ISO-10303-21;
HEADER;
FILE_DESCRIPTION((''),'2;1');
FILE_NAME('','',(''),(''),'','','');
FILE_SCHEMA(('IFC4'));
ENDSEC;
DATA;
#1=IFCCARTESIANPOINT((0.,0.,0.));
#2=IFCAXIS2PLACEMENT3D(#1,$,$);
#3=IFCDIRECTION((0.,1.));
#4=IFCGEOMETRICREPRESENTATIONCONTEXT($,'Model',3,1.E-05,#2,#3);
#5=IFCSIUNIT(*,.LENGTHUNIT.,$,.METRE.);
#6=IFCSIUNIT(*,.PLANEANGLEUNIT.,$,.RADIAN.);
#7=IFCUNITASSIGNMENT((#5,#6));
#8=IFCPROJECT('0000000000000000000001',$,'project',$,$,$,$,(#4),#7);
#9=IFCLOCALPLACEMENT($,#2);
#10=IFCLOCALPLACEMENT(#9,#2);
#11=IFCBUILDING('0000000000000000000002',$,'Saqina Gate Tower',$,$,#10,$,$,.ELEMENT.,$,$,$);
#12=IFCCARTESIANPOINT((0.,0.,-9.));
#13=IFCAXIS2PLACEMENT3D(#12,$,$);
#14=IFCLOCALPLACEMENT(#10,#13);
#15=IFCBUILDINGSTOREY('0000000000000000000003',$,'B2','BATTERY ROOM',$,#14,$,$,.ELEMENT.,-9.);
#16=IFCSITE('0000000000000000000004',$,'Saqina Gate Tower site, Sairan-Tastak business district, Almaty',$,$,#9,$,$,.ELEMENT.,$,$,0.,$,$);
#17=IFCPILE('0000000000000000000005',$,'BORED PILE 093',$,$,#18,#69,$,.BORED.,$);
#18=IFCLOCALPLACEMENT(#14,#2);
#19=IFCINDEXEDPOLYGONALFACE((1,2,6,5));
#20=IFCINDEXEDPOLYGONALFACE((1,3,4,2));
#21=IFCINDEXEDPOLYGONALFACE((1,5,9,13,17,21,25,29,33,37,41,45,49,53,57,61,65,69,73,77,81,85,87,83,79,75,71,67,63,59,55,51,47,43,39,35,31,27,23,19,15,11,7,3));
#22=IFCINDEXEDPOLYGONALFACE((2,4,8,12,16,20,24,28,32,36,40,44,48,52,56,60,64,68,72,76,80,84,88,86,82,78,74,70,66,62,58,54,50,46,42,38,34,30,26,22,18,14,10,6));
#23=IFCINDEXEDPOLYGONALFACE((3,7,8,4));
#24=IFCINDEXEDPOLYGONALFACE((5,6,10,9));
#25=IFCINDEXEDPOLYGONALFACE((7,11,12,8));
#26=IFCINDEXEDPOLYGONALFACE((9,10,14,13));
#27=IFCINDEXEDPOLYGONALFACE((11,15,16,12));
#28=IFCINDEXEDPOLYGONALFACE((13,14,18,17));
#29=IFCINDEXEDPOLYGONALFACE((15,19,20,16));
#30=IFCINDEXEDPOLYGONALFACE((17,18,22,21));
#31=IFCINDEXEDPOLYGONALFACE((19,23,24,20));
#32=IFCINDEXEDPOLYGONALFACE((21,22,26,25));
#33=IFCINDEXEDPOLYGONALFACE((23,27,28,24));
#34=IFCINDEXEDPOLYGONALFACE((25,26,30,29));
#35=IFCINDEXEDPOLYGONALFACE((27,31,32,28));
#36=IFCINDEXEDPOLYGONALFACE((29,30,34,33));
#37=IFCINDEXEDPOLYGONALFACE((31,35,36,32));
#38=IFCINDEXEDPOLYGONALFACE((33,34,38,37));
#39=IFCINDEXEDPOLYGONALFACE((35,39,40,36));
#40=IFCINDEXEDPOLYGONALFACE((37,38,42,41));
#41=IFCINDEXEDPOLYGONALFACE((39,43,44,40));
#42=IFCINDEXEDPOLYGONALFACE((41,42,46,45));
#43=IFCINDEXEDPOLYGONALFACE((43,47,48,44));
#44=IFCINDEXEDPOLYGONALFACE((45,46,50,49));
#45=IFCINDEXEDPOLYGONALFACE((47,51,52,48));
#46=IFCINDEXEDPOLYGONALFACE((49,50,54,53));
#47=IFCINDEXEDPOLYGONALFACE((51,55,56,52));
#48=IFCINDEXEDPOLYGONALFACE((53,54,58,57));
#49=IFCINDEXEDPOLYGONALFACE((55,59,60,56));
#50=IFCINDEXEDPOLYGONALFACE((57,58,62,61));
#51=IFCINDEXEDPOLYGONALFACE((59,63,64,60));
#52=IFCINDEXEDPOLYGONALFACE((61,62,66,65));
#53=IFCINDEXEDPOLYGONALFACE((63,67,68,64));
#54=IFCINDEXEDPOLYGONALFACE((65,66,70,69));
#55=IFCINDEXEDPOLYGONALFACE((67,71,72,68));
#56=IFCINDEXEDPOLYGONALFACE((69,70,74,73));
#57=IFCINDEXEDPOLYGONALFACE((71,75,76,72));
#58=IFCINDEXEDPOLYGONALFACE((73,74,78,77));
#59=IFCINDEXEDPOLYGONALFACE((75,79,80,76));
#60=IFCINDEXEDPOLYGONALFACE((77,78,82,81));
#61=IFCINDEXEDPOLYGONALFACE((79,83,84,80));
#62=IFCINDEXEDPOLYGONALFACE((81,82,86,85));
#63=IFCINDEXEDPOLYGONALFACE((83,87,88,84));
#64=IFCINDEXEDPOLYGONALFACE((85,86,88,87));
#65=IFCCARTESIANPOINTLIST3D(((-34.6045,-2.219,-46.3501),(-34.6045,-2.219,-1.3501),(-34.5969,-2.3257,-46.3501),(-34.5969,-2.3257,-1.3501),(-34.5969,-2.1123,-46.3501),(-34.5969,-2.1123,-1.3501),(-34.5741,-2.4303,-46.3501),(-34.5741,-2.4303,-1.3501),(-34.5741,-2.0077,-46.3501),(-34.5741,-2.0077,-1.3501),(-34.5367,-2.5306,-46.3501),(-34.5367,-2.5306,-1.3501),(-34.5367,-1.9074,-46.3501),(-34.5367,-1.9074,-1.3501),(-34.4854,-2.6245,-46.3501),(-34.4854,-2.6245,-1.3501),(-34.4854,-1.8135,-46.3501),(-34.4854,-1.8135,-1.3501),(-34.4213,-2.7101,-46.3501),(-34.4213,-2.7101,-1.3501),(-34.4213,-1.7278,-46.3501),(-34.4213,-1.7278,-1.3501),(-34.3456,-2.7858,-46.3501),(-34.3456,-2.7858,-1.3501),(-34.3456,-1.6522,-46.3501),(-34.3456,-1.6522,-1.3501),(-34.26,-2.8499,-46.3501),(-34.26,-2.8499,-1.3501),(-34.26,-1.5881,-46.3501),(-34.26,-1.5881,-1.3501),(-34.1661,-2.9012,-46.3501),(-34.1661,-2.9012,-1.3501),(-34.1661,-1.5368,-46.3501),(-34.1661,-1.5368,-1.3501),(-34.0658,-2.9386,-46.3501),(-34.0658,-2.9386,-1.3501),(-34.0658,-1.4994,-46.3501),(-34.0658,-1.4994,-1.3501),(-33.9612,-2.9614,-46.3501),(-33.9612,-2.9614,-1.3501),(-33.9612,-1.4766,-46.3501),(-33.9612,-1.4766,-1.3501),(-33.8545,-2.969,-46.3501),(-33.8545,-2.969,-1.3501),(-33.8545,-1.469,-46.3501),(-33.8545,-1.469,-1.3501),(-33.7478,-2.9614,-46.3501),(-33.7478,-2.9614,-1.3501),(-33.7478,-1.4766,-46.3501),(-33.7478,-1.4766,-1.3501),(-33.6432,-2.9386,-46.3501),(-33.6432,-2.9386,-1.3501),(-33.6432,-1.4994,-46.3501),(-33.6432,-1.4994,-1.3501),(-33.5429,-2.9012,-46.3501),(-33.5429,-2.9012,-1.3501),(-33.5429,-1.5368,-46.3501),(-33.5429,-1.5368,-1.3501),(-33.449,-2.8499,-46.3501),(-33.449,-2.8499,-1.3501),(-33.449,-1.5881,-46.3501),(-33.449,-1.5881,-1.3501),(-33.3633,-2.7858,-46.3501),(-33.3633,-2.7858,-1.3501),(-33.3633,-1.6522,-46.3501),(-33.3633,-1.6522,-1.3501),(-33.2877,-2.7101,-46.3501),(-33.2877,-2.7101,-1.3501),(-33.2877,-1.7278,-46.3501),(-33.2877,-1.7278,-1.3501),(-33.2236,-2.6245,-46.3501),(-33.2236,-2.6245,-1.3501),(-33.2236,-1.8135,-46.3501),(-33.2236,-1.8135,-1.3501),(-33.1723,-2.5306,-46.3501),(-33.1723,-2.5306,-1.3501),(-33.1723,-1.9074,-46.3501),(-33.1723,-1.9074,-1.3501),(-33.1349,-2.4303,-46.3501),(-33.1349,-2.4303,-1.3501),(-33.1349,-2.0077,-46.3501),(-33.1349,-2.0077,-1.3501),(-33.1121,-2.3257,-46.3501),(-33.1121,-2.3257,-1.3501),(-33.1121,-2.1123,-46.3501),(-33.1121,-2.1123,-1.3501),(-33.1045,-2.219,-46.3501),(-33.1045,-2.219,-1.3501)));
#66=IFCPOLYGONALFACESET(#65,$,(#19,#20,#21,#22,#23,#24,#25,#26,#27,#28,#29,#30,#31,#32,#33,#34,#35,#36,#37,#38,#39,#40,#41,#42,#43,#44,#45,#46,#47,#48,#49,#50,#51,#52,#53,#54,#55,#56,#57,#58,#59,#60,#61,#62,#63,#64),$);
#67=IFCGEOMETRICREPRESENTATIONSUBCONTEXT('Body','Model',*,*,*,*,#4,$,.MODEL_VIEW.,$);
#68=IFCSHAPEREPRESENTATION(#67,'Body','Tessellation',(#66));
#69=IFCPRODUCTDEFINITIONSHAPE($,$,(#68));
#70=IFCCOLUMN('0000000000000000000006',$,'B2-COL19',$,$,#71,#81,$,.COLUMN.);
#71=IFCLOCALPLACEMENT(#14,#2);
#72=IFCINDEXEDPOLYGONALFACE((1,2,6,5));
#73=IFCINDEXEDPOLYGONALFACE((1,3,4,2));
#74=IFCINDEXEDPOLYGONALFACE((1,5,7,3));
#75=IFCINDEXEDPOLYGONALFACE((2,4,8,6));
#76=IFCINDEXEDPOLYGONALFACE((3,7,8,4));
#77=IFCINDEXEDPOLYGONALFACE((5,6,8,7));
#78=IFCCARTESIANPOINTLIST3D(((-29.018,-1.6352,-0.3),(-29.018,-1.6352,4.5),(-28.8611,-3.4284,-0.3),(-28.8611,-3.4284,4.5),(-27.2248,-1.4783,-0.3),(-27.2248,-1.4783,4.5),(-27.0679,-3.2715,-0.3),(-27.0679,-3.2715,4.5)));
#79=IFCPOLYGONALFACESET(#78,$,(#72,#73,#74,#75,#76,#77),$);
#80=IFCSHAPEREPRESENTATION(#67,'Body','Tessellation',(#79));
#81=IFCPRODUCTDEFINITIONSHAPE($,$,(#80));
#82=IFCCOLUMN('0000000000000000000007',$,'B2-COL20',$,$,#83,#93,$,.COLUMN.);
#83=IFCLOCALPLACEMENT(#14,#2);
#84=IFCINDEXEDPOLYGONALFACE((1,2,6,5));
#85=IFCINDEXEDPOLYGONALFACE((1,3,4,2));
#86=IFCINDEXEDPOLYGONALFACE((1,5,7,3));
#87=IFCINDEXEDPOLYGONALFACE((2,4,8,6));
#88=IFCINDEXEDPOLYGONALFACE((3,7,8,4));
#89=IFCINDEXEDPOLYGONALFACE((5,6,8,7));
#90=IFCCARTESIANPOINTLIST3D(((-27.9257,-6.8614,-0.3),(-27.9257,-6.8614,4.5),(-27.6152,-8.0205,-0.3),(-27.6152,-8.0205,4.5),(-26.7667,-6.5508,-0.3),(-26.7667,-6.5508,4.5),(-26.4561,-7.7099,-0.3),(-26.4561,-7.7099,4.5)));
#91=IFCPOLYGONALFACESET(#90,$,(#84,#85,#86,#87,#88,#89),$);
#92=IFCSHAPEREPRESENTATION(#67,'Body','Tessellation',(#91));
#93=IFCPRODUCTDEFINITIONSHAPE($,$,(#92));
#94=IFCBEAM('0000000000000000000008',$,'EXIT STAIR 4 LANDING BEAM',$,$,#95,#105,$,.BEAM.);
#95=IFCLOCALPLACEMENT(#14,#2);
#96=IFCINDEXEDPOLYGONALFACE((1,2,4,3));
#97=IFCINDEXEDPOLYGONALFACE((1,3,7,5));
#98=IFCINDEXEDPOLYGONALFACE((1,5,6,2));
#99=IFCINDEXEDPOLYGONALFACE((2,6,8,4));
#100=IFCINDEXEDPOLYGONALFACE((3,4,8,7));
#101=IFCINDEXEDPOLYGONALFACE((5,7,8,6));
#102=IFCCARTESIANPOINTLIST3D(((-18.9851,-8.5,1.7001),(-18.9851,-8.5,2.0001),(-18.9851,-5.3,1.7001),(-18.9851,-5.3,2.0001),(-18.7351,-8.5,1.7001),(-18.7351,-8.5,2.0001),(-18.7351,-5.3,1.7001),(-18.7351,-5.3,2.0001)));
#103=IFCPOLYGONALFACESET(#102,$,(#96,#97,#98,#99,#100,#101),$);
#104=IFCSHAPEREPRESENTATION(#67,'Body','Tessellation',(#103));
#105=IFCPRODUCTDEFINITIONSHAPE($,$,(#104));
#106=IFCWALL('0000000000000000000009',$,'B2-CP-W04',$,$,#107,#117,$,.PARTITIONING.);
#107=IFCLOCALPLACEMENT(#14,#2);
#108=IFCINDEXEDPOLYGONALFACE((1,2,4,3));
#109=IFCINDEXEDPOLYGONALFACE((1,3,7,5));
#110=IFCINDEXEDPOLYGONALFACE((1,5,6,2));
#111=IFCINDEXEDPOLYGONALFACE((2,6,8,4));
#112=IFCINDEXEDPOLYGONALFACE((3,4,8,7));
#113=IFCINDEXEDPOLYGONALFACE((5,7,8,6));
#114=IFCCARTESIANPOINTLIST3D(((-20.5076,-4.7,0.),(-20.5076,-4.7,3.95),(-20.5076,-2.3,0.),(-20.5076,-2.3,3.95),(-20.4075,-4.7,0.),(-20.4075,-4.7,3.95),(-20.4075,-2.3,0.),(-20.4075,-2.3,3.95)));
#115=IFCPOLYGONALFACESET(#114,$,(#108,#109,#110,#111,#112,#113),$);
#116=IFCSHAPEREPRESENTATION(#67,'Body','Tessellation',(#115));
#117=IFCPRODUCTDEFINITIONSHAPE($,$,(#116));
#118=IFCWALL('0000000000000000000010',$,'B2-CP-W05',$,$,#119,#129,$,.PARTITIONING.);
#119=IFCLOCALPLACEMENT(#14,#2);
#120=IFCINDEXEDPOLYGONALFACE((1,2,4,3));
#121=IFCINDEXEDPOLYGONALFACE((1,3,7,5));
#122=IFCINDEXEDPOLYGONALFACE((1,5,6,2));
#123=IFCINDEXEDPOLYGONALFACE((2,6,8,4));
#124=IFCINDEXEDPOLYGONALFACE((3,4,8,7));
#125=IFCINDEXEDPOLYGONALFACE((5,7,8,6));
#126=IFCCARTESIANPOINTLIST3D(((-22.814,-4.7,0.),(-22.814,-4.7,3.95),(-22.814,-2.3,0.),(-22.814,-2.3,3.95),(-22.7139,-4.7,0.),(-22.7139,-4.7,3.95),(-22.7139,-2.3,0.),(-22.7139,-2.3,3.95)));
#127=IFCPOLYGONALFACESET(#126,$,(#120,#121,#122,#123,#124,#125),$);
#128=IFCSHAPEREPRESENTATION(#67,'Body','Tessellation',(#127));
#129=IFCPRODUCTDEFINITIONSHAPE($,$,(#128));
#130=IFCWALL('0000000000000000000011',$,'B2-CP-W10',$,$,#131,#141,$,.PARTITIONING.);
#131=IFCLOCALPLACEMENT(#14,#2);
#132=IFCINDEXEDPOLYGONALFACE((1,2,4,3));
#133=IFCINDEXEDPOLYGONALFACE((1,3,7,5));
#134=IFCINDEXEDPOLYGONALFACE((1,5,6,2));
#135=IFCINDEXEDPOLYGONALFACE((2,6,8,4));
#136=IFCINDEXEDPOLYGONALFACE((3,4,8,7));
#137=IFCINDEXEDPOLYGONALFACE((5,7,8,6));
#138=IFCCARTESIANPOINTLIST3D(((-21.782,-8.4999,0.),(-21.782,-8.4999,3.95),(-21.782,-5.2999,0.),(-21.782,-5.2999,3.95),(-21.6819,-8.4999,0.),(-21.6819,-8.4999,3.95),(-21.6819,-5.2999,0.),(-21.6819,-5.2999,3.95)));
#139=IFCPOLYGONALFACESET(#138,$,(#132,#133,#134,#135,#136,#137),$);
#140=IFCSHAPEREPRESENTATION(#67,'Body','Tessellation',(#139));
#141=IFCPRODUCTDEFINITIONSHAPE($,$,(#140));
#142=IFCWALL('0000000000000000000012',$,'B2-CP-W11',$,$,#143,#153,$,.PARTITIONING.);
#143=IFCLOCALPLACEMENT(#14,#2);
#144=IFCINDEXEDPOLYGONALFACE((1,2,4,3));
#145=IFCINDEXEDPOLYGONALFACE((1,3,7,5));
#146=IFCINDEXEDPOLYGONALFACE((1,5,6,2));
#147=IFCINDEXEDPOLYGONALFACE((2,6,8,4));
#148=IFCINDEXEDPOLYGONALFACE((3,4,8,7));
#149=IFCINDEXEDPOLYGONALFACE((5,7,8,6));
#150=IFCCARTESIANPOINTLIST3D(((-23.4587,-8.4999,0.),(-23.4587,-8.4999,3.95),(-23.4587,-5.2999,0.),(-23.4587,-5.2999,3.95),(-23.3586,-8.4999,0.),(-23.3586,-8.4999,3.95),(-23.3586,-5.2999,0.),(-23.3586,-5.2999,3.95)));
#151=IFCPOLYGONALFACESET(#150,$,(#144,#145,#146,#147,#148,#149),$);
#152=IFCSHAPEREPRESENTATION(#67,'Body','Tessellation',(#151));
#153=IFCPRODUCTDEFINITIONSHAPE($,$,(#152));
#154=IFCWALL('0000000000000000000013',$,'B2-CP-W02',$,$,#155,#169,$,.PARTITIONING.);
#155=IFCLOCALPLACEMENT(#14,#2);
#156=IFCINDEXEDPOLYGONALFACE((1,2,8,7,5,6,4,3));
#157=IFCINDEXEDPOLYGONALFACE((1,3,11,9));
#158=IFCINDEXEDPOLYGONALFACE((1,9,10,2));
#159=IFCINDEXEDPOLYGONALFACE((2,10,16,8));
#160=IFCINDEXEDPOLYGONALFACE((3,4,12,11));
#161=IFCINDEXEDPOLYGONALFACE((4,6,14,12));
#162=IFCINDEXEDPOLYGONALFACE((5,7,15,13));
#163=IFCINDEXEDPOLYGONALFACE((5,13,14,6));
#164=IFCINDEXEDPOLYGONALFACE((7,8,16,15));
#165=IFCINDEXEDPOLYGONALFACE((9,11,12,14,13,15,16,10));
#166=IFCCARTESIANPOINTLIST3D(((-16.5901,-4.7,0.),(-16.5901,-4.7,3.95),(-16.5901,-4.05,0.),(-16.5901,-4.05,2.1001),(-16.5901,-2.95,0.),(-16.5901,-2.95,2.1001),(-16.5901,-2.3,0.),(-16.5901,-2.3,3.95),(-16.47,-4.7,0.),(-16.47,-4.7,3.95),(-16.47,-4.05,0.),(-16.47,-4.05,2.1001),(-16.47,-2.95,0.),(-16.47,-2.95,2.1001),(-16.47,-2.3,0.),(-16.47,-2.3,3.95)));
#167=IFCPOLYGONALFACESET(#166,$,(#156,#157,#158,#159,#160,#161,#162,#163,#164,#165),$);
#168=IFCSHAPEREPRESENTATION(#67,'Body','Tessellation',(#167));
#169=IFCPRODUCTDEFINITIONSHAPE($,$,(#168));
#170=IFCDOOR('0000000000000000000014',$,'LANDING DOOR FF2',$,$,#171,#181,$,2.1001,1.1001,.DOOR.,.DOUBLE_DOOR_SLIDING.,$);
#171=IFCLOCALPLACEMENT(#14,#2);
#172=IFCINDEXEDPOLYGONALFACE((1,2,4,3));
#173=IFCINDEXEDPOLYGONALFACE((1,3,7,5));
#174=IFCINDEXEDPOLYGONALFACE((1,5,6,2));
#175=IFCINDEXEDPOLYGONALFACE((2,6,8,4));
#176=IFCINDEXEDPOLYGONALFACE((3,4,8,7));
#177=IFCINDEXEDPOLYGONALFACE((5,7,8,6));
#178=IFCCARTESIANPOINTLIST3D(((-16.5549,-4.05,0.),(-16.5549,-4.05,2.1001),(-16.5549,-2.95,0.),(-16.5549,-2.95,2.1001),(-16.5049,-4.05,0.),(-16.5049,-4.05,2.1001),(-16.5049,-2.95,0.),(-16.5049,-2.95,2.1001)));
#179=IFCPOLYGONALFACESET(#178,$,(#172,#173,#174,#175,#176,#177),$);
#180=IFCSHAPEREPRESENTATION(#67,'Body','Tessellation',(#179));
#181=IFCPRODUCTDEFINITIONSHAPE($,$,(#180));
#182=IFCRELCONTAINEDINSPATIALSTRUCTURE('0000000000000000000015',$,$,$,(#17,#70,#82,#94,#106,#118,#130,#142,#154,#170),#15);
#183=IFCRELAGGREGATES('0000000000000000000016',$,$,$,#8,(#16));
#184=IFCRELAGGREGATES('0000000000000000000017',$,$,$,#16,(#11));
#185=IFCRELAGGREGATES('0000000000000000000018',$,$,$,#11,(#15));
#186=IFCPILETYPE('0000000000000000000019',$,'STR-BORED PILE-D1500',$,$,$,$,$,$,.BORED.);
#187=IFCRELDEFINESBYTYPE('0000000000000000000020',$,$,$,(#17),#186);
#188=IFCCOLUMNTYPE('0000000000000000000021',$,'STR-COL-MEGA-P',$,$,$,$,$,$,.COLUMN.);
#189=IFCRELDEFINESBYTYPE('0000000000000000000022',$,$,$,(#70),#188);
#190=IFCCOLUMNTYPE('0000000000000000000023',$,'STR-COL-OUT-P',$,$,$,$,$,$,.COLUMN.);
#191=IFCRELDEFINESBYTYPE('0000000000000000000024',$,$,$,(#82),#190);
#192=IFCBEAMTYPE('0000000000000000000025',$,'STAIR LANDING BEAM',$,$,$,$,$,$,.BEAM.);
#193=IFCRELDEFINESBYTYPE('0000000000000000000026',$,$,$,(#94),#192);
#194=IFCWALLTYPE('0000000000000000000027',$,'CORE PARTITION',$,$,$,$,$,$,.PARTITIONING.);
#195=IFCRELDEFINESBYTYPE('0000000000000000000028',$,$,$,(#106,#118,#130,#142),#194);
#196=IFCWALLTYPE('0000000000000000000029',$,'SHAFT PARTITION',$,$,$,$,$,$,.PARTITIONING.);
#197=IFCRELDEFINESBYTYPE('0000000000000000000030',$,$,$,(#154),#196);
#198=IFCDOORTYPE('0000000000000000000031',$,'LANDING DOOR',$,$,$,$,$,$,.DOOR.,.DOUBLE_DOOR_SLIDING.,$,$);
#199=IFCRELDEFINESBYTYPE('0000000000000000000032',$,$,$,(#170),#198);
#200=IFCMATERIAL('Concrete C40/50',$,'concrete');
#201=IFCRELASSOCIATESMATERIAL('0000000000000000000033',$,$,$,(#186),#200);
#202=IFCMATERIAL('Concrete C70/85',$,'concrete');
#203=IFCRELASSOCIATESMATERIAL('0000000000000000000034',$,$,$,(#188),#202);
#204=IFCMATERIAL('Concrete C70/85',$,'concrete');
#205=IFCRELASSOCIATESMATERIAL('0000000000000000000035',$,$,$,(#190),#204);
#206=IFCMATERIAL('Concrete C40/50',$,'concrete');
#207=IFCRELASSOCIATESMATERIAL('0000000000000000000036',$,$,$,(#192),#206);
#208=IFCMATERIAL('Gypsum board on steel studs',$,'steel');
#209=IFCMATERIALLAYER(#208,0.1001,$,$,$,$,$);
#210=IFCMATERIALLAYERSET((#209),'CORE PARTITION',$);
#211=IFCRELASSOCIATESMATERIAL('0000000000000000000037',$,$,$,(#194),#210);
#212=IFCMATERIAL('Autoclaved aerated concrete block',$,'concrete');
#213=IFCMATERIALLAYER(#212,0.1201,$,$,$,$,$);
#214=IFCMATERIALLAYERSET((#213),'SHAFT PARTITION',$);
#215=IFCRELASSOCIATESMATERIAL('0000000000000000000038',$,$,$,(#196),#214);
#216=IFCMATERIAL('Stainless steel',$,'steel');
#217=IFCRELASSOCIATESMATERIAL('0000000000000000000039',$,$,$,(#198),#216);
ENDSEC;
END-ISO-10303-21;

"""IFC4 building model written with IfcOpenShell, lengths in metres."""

from ifc_helpers import new_model, si_unit, direction, frame, frame_2d, origin, origin_2d, place, context, subcontext, project, spatial, rectangle, circle, extrude, material, layer, layer_set, material_profile, profile_set, type_object, element, fill, save


model = new_model("IFC4")

# Units and contexts
model_context = context("Model", 3, precision=1e-05, world=origin(), true_north=direction((0.0, 1.0)))
body_context = subcontext(model_context, "Body", "Model", "MODEL_VIEW")
ifc_project = project(units=[si_unit("LENGTHUNIT", "METRE"), si_unit("PLANEANGLEUNIT", "RADIAN")], contexts=[model_context])

# Site, building, storey
site_placement = place(None, origin())
site = spatial("IfcSite", under=ifc_project, at=site_placement, Name="Saqina Gate Tower site, Sairan-Tastak business district, Almaty", CompositionType="ELEMENT", RefElevation=0.0)
building_placement = place(site_placement, origin())
building = spatial("IfcBuilding", under=site, at=building_placement, Name="Saqina Gate Tower", CompositionType="ELEMENT")
storey_placement = place(building_placement, frame((0.0, 0.0, -9.0)))
storey = spatial("IfcBuildingStorey", under=building, at=storey_placement, Name="B2", Description="BATTERY ROOM", CompositionType="ELEMENT", Elevation=-9.0)

# Pile
ifc_material_1 = material(Name="Concrete C40/50", Category="concrete")
ifc_material_profile_1 = material_profile(ifc_material_1, circle(Radius=0.75, at=origin_2d()), Name="RC D1500")
ifc_profile_set_1 = profile_set([ifc_material_profile_1], Name="Concrete C40/50")
pile_type = type_object("IfcPileType", Name="STR-BORED PILE-D1500", PredefinedType="BORED", material=ifc_profile_set_1)
for number, where, z_axis, x_axis, name in (
    (1, (-33.8545, -2.219, -1.3501), (0.0, 0.0, -1.0), (1.0, 0.0, 0.0), "BORED PILE 093"),
):
    element("IfcPile", number, at=place(storey_placement, frame(where, z_axis=z_axis, x_axis=x_axis)), inside=storey, type_object=pile_type, Name=name, PredefinedType="BORED", context=body_context, shape_type="SweptSolid", body=[
        extrude(circle(Radius=0.75, at=origin_2d()), origin(), (0.0, 0.0, 1.0), 45.0),
    ])

# Columns
ifc_material_2 = material(Name="Concrete C70/85", Category="concrete")
ifc_material_profile_2 = material_profile(ifc_material_2, rectangle(XDim=1.8, YDim=1.8, at=origin_2d()), Name="RC 1800x1800")
ifc_profile_set_2 = profile_set([ifc_material_profile_2], Name="Concrete C70/85")
column_type_1 = type_object("IfcColumnType", Name="STR-COL-MEGA-P", PredefinedType="COLUMN", material=ifc_profile_set_2)
column_1_placement = place(storey_placement, frame((-28.043, -2.4534, -0.3), z_axis=(0.0, 0.0, 1.0), x_axis=(-0.996195, -0.087156, 0.0)))
element("IfcColumn", 2, at=column_1_placement, inside=storey, type_object=column_type_1, Name="B2-COL19", PredefinedType="COLUMN", context=body_context, shape_type="SweptSolid", body=[
    extrude(rectangle(XDim=1.8, YDim=1.8, at=origin_2d()), origin(), (0.0, 0.0, 1.0), 4.8),
])
ifc_material_3 = material(Name="Concrete C70/85", Category="concrete")
ifc_material_profile_3 = material_profile(ifc_material_3, rectangle(XDim=1.2, YDim=1.2, at=origin_2d()), Name="RC 1200x1200")
ifc_profile_set_3 = profile_set([ifc_material_profile_3], Name="Concrete C70/85")
column_type_2 = type_object("IfcColumnType", Name="STR-COL-OUT-P", PredefinedType="COLUMN", material=ifc_profile_set_3)
column_2_placement = place(storey_placement, frame((-27.1909, -7.2856, -0.3), z_axis=(0.0, 0.0, 1.0), x_axis=(-0.965926, -0.258819, 0.0)))
element("IfcColumn", 3, at=column_2_placement, inside=storey, type_object=column_type_2, Name="B2-COL20", PredefinedType="COLUMN", context=body_context, shape_type="SweptSolid", body=[
    extrude(rectangle(XDim=1.2, YDim=1.2, at=origin_2d()), origin(), (0.0, 0.0, 1.0), 4.8),
])

# Beam
ifc_material_4 = material(Name="Concrete C40/50", Category="concrete")
ifc_material_profile_4 = material_profile(ifc_material_4, rectangle(XDim=0.25, YDim=0.3, at=origin_2d()), Name="STAIR LANDING BEAM")
ifc_profile_set_4 = profile_set([ifc_material_profile_4], Name="Concrete C40/50")
beam_type = type_object("IfcBeamType", Name="STAIR LANDING BEAM", PredefinedType="BEAM", material=ifc_profile_set_4)
beam_placement = place(storey_placement, frame((-18.8601, -8.5, 1.8501), z_axis=(0.0, 1.0, 0.0), x_axis=(-1.0, 0.0, 0.0)))
element("IfcBeam", 4, at=beam_placement, inside=storey, type_object=beam_type, Name="EXIT STAIR 4 LANDING BEAM", PredefinedType="BEAM", context=body_context, shape_type="SweptSolid", body=[
    extrude(rectangle(XDim=0.25, YDim=0.3, at=origin_2d()), origin(), (0.0, 0.0, 1.0), 3.2),
])

# Walls
ifc_material_5 = material(Name="Gypsum board on steel studs", Category="steel")
ifc_layer_1 = layer(ifc_material_5, 0.1001)
ifc_layer_set_1 = layer_set([ifc_layer_1], Name="CORE PARTITION")
wall_type_1 = type_object("IfcWallType", Name="CORE PARTITION", PredefinedType="PARTITIONING", material=ifc_layer_set_1)
for number, where, z_axis, x_axis, name in (
    (5, (-20.4575, -4.7, 0.0), (0.0, 0.0, 1.0), (0.0, 1.0, 0.0), "B2-CP-W04"),
    (6, (-22.7639, -4.7, 0.0), (0.0, 0.0, 1.0), (0.0, 1.0, 0.0), "B2-CP-W05"),
):
    element("IfcWall", number, at=place(storey_placement, frame(where, z_axis=z_axis, x_axis=x_axis)), inside=storey, type_object=wall_type_1, Name=name, PredefinedType="PARTITIONING", context=body_context, shape_type="SweptSolid", body=[
        extrude(rectangle(XDim=2.3999, YDim=0.1001, at=frame_2d((1.2, 0.0))), origin(), (0.0, 0.0, 1.0), 3.95),
    ])
for number, where, z_axis, x_axis, name in (
    (7, (-21.7319, -8.5, 0.0), (0.0, 0.0, 1.0), (0.0, 1.0, 0.0), "B2-CP-W10"),
    (8, (-23.4087, -8.5, 0.0), (0.0, 0.0, 1.0), (0.0, 1.0, 0.0), "B2-CP-W11"),
):
    element("IfcWall", number, at=place(storey_placement, frame(where, z_axis=z_axis, x_axis=x_axis)), inside=storey, type_object=wall_type_1, Name=name, PredefinedType="PARTITIONING", context=body_context, shape_type="SweptSolid", body=[
        extrude(rectangle(XDim=3.2, YDim=0.1001, at=frame_2d((1.6001, 0.0))), origin(), (0.0, 0.0, 1.0), 3.95),
    ])

# Wall, opening, door
ifc_material_6 = material(Name="Autoclaved aerated concrete block", Category="concrete")
ifc_layer_2 = layer(ifc_material_6, 0.1201)
ifc_layer_set_2 = layer_set([ifc_layer_2], Name="SHAFT PARTITION")
wall_type_2 = type_object("IfcWallType", Name="SHAFT PARTITION", PredefinedType="PARTITIONING", material=ifc_layer_set_2)
wall_1_placement = place(storey_placement, frame((-16.53, -4.7, 0.0), z_axis=(0.0, 0.0, 1.0), x_axis=(0.0, 1.0, 0.0)))
wall_1 = element("IfcWall", 9, at=wall_1_placement, inside=storey, type_object=wall_type_2, Name="B2-CP-W02", PredefinedType="PARTITIONING", context=body_context, shape_type="SweptSolid", body=[
    extrude(rectangle(XDim=2.3999, YDim=0.1201, at=frame_2d((1.2, 0.0))), origin(), (0.0, 0.0, 1.0), 3.95),
])
opening_placement = place(wall_1_placement, frame((0.6499, 0.0, 0.0)))
opening = element("IfcOpeningElement", 10, at=opening_placement, cuts=wall_1, PredefinedType="OPENING", context=body_context, shape_type="SweptSolid", body=[
    extrude(rectangle(XDim=1.1001, YDim=2.1001, at=frame_2d((0.55, 1.05))), frame((0.0, 0.072, 0.0), z_axis=(0.0, -1.0, 0.0), x_axis=(1.0, 0.0, 0.0)), (0.0, 0.0, 1.0), 0.144),
])
ifc_material_7 = material(Name="Stainless steel", Category="steel")
door_type = type_object("IfcDoorType", Name="LANDING DOOR", OperationType="DOUBLE_DOOR_SLIDING", PredefinedType="DOOR", material=ifc_material_7)
door_placement = place(opening_placement, origin())
door = element("IfcDoor", 11, at=door_placement, inside=storey, type_object=door_type, Name="LANDING DOOR FF2", OperationType="DOUBLE_DOOR_SLIDING", OverallHeight=2.1001, OverallWidth=1.1001, PredefinedType="DOOR", context=body_context, shape_type="SweptSolid", body=[
    extrude(rectangle(XDim=1.1001, YDim=2.1001, at=frame_2d((0.55, 1.05))), frame((0.0, 0.0249, 0.0), z_axis=(0.0, -1.0, 0.0), x_axis=(1.0, 0.0, 0.0)), (0.0, 0.0, 1.0), 0.05),
])
fill(opening, door)

save(model, "model.ifc")
